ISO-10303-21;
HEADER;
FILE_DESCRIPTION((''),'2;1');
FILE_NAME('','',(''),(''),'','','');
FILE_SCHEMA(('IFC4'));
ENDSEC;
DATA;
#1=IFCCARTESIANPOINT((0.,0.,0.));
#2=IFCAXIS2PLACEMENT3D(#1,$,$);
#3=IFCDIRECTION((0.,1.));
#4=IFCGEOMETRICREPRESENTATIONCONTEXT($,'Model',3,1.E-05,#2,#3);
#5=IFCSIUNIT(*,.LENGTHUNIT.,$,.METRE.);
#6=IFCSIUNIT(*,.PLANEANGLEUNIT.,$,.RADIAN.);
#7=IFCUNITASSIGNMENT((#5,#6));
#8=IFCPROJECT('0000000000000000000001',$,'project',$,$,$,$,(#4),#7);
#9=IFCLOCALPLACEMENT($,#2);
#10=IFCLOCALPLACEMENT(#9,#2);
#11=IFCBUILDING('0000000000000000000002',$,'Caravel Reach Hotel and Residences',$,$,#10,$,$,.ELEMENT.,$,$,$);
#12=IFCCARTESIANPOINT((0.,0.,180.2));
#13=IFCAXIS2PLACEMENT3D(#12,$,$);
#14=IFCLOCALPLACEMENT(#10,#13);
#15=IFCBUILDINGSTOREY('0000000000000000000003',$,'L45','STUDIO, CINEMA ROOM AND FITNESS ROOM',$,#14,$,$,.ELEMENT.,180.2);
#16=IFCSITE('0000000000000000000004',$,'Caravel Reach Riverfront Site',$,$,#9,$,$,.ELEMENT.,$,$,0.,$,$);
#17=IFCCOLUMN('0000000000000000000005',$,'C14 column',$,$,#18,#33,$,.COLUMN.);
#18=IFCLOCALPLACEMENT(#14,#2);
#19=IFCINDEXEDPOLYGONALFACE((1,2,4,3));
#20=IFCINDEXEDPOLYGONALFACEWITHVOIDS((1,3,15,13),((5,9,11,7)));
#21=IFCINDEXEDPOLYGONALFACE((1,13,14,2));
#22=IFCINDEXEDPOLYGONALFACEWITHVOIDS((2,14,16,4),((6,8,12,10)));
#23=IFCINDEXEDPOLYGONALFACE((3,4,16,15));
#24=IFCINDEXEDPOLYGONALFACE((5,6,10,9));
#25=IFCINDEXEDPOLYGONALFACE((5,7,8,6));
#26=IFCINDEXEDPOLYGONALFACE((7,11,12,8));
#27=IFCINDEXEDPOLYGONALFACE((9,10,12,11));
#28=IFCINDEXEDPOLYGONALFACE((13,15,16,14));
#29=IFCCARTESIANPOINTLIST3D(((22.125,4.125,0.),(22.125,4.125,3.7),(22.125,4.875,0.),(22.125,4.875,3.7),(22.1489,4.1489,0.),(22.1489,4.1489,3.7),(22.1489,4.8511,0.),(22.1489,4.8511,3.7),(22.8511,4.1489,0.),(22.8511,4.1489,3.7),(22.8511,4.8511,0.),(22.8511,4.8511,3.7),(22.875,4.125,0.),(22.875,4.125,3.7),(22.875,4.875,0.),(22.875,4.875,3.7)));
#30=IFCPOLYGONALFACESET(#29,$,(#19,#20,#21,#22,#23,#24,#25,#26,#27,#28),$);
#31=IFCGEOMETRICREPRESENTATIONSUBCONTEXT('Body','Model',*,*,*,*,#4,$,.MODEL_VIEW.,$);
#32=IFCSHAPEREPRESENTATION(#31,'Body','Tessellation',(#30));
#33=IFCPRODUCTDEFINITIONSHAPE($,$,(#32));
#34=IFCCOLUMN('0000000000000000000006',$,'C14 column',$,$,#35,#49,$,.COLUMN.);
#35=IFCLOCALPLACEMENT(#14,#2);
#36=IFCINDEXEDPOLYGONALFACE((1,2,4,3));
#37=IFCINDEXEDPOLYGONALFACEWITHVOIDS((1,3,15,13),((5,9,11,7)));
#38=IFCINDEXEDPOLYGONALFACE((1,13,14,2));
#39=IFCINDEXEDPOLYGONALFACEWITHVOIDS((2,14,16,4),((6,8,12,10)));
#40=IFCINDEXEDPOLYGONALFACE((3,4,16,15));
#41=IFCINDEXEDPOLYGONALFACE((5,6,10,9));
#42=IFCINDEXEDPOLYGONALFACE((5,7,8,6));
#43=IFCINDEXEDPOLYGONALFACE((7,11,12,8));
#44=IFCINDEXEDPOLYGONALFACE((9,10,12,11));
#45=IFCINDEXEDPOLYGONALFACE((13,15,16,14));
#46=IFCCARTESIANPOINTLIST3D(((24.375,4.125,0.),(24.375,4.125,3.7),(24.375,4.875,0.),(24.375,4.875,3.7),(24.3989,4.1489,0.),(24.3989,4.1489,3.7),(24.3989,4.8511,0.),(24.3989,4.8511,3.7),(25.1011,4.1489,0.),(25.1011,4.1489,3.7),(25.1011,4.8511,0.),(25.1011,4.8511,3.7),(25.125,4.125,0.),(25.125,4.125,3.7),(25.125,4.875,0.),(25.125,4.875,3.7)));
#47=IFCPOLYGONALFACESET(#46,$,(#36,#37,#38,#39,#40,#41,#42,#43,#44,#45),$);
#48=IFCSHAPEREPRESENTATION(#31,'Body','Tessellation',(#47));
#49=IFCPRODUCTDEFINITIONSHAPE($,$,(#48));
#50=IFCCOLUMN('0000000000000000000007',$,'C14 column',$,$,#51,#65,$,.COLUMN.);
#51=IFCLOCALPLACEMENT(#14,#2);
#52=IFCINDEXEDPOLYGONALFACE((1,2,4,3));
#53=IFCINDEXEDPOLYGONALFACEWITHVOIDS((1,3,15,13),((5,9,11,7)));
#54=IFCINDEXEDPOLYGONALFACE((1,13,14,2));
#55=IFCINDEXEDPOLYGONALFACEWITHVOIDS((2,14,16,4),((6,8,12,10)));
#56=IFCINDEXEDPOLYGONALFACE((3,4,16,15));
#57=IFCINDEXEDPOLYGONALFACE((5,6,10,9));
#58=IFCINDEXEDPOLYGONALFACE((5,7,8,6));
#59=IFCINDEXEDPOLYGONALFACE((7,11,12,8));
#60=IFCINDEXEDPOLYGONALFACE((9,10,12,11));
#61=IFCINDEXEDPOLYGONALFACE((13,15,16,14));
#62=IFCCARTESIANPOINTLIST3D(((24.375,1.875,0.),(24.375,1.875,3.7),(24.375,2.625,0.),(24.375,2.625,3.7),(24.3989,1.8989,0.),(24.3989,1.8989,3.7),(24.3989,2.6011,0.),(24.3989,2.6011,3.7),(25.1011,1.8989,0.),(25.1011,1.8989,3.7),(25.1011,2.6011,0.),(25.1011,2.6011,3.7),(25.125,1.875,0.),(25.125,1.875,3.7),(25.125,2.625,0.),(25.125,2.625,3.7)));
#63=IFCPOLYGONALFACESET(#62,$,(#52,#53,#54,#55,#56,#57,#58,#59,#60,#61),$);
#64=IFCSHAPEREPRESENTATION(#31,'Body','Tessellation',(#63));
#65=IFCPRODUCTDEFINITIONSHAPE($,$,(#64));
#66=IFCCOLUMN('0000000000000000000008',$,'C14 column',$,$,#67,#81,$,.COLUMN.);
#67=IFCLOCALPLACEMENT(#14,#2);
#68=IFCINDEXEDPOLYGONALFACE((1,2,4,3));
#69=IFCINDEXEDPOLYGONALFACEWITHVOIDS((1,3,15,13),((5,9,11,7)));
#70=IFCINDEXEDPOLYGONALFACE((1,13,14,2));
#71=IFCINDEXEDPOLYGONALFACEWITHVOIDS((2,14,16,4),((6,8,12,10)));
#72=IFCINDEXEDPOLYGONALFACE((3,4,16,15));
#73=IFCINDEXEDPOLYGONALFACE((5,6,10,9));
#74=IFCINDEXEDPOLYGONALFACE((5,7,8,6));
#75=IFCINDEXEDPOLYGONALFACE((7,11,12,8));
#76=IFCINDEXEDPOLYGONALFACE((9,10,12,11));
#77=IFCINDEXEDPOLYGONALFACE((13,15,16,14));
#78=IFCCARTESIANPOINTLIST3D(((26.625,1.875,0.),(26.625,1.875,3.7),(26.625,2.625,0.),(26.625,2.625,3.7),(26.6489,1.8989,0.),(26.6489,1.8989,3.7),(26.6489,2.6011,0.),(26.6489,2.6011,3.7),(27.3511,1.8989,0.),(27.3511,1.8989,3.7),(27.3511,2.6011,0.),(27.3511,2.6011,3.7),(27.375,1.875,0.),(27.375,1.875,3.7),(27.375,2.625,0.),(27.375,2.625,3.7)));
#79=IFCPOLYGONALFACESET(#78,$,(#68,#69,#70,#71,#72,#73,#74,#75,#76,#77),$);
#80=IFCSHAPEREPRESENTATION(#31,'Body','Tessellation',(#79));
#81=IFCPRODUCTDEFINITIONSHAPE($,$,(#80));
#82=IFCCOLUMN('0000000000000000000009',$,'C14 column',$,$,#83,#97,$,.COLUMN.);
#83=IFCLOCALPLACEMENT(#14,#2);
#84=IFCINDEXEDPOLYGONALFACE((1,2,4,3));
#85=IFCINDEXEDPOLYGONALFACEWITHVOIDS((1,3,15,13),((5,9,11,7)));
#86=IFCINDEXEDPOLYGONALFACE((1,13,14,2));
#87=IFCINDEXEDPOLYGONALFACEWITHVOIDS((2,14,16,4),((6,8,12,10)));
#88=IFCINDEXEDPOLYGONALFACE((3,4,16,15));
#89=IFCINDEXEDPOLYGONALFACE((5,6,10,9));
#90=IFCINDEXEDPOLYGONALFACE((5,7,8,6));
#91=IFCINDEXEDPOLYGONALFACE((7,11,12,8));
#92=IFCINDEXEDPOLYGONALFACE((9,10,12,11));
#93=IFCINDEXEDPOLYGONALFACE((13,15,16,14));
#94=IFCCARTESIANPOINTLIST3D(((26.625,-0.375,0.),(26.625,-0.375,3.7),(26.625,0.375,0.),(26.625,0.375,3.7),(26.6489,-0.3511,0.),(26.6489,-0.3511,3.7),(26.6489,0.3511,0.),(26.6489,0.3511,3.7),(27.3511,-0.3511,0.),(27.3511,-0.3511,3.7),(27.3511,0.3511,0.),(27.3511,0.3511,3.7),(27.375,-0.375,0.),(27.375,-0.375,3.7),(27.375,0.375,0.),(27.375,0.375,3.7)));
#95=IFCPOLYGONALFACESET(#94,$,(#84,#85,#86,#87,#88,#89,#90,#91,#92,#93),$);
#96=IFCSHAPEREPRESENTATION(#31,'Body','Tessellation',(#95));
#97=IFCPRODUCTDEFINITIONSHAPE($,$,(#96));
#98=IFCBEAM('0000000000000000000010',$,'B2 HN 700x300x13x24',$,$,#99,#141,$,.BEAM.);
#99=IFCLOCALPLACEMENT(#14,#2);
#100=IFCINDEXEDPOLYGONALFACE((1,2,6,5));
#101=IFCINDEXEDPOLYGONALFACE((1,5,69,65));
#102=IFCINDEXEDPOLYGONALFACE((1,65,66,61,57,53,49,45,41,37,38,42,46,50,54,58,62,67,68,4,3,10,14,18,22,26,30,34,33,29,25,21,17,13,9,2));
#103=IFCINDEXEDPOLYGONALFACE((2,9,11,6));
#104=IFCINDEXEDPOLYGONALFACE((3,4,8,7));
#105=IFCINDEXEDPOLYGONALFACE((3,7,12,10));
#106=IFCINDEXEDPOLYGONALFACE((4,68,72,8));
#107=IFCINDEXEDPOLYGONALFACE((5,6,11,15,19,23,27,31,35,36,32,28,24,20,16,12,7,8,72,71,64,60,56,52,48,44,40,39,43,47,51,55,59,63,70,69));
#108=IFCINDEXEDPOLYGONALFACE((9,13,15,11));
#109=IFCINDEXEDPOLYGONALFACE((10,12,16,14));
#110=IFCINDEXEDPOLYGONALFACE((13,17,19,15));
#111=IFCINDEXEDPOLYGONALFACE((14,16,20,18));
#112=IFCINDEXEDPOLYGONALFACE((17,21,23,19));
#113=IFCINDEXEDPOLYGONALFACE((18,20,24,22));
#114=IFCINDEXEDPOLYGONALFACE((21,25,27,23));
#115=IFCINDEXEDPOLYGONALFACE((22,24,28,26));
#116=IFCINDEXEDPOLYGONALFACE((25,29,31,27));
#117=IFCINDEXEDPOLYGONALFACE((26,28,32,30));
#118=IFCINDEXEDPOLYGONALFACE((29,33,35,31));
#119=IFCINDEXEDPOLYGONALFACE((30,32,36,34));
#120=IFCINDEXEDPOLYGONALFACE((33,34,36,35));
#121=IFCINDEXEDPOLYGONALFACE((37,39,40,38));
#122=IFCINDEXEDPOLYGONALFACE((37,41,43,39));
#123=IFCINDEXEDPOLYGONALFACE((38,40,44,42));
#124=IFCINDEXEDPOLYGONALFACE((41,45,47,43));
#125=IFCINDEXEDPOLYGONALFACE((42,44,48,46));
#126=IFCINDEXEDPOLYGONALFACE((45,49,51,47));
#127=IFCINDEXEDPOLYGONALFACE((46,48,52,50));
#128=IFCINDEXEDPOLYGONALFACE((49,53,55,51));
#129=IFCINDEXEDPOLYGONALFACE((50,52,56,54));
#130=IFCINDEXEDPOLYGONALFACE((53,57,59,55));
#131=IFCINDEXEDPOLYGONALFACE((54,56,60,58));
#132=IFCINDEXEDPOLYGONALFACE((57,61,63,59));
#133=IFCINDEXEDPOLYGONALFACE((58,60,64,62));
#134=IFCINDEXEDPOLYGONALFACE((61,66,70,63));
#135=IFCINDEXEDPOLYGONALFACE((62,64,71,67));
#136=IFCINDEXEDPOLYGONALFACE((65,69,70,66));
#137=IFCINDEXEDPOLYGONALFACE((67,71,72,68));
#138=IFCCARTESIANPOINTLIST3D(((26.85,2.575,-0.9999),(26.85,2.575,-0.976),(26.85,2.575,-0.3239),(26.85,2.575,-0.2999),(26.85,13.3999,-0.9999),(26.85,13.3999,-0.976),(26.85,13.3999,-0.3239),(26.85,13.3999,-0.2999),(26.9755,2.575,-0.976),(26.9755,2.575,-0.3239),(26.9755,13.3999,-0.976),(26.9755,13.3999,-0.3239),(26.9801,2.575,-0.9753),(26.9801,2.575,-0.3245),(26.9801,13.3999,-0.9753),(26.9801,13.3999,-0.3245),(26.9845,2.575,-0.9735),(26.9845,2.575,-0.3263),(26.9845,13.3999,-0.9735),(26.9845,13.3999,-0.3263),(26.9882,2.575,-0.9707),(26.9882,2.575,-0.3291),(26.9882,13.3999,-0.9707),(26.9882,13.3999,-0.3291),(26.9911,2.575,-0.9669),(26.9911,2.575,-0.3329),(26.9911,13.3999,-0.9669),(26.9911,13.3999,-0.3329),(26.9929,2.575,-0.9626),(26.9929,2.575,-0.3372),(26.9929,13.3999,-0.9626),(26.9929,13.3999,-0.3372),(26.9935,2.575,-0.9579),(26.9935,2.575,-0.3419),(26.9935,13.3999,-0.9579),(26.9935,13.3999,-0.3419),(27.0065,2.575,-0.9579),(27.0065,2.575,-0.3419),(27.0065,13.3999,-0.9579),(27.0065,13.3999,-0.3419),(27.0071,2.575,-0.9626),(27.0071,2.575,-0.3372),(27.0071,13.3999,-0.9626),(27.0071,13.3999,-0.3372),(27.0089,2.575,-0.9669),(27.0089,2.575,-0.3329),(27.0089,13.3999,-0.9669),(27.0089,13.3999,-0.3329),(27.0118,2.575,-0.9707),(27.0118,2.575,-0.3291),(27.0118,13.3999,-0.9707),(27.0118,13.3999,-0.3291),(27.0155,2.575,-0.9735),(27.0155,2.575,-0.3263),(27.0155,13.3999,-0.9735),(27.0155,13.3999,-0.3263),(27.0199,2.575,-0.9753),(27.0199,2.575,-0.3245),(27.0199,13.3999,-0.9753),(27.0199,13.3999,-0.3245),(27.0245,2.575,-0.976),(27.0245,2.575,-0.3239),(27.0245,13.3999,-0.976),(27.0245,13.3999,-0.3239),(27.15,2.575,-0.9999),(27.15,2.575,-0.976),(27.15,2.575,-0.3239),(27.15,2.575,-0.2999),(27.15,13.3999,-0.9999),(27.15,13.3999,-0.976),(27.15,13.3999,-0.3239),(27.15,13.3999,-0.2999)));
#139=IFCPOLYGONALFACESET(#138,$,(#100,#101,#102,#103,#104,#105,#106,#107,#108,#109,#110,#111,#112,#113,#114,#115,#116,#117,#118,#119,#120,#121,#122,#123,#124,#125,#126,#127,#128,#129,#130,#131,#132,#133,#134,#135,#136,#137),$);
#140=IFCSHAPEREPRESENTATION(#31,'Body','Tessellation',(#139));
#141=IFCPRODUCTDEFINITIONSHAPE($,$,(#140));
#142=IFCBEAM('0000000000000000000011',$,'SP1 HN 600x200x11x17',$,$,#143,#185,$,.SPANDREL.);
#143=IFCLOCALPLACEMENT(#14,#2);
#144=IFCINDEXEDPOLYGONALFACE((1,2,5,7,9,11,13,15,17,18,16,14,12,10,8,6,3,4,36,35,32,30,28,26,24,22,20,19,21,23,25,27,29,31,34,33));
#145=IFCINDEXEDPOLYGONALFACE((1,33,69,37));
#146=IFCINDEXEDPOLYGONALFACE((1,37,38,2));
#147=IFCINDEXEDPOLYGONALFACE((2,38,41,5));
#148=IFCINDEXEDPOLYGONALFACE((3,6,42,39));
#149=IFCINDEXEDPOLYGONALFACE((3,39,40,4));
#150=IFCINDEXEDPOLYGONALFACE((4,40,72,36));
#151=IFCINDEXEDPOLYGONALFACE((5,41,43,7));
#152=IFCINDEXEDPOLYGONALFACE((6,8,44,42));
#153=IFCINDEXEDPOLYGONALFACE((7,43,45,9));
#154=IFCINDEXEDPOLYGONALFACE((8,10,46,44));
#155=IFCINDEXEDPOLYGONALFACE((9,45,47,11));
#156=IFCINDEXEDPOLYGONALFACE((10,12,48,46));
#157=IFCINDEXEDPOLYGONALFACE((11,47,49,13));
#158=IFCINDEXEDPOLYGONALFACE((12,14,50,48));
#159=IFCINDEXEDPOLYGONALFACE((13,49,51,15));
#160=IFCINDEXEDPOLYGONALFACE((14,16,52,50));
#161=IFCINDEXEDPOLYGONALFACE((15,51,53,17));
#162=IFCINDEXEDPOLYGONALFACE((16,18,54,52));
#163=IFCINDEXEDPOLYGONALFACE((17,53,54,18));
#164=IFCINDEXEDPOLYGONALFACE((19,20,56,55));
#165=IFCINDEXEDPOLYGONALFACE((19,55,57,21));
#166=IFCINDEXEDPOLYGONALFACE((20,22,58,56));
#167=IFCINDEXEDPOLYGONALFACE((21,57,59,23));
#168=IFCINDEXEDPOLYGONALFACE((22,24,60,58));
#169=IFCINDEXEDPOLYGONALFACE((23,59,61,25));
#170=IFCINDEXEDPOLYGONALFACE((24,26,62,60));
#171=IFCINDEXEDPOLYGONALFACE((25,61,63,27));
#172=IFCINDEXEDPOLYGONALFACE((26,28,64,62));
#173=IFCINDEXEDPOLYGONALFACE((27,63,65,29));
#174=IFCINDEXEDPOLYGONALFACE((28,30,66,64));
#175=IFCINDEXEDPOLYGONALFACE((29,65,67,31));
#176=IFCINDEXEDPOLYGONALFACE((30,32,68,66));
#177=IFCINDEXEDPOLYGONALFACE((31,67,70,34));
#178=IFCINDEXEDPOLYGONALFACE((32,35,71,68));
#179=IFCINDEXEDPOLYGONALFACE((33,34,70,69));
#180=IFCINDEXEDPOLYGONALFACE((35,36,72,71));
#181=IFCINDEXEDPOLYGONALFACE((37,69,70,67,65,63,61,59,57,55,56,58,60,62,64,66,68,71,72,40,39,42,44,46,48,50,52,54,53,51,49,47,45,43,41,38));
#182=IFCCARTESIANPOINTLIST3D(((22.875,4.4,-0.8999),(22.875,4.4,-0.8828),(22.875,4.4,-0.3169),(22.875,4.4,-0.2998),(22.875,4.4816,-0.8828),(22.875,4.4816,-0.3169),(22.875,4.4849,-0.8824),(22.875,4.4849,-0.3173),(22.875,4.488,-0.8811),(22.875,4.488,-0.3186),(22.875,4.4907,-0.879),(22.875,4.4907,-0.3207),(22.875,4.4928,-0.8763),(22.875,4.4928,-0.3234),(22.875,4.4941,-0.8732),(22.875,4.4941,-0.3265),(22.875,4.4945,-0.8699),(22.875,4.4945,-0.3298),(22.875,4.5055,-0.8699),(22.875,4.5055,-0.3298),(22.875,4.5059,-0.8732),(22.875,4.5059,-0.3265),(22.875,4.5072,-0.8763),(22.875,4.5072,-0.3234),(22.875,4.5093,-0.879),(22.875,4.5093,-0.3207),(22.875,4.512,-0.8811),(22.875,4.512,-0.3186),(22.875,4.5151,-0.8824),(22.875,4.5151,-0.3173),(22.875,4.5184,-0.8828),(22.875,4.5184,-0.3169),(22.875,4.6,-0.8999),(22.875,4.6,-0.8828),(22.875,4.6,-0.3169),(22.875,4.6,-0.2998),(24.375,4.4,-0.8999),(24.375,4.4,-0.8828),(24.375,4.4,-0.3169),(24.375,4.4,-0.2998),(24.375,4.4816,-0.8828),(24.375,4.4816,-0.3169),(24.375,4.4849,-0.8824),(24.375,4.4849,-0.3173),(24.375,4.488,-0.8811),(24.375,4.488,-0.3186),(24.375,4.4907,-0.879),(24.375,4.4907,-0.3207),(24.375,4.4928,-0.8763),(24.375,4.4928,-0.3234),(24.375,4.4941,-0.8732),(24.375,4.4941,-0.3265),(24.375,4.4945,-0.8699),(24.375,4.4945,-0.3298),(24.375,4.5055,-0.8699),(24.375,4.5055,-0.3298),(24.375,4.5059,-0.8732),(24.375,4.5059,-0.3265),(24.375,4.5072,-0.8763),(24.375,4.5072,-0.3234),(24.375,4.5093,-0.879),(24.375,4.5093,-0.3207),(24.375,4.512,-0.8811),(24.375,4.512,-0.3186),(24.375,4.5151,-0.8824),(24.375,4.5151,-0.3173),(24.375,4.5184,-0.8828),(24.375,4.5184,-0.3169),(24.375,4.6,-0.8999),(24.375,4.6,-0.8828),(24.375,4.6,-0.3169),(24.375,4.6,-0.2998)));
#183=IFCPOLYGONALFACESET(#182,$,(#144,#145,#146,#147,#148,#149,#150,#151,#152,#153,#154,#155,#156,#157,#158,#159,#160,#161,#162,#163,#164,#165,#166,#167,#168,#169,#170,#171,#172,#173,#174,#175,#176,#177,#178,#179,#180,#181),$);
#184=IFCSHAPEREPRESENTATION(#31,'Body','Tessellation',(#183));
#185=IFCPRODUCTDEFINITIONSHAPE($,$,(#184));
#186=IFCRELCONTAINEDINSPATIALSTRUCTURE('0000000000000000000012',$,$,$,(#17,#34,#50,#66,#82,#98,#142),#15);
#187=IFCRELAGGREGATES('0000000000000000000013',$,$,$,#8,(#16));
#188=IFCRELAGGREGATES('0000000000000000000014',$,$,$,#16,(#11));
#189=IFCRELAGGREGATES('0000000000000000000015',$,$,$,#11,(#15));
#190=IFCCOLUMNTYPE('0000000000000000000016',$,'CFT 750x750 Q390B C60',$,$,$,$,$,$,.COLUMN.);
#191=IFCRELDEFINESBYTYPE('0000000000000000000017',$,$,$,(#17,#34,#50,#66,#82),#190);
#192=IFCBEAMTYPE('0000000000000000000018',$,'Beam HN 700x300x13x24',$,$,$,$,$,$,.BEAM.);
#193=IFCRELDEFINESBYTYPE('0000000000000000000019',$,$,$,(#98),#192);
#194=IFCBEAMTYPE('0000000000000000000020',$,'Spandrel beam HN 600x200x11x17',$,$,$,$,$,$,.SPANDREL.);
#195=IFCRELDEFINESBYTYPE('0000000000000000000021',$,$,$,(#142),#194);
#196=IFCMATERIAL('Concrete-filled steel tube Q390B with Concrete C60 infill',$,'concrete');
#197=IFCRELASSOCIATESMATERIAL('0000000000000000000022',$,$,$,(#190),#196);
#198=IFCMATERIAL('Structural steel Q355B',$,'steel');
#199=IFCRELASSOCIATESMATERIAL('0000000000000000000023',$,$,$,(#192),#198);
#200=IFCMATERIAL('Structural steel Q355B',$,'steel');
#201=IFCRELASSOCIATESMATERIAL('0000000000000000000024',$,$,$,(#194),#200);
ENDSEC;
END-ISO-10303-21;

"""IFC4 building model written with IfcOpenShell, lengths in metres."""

from ifc_helpers import new_model, si_unit, direction, frame, origin, origin_2d, place, context, subcontext, project, spatial, hollow_rectangle, i_section, extrude, material, material_profile, profile_set, type_object, element, save


model = new_model("IFC4")

# Units and contexts
model_context = context("Model", 3, precision=1e-05, world=origin(), true_north=direction((0.0, 1.0)))
body_context = subcontext(model_context, "Body", "Model", "MODEL_VIEW")
ifc_project = project(units=[si_unit("LENGTHUNIT", "METRE"), si_unit("PLANEANGLEUNIT", "RADIAN")], contexts=[model_context])

# Site, building, storey
site_placement = place(None, origin())
site = spatial("IfcSite", under=ifc_project, at=site_placement, Name="Caravel Reach Riverfront Site", CompositionType="ELEMENT", RefElevation=0.0)
building_placement = place(site_placement, origin())
building = spatial("IfcBuilding", under=site, at=building_placement, Name="Caravel Reach Hotel and Residences", CompositionType="ELEMENT")
storey_placement = place(building_placement, frame((0.0, 0.0, 180.2)))
storey = spatial("IfcBuildingStorey", under=building, at=storey_placement, Name="L45", Description="STUDIO, CINEMA ROOM AND FITNESS ROOM", CompositionType="ELEMENT", Elevation=180.2)

# Columns
ifc_material_1 = material(Name="Concrete-filled steel tube Q390B with Concrete C60 infill", Category="concrete")
ifc_material_profile_1 = material_profile(ifc_material_1, hollow_rectangle(XDim=0.75, YDim=0.75, WallThickness=0.0239, at=origin_2d()), Name="RHS 750x750x24")
ifc_profile_set_1 = profile_set([ifc_material_profile_1], Name="Concrete-filled steel tube Q390B with Concrete C60 infill")
column_type = type_object("IfcColumnType", Name="CFT 750x750 Q390B C60", PredefinedType="COLUMN", material=ifc_profile_set_1)
for number, where, z_axis, x_axis, name in (
    (1, (22.5, 4.5, 0.0), (0.0, 0.0, 1.0), (1.0, 0.0, 0.0), "C14 column"),
    (2, (24.75, 4.5, 0.0), (0.0, 0.0, 1.0), (1.0, 0.0, 0.0), "C14 column"),
    (3, (24.75, 2.25, 0.0), (0.0, 0.0, 1.0), (1.0, 0.0, 0.0), "C14 column"),
    (4, (27.0, 2.25, 0.0), (0.0, 0.0, 1.0), (1.0, 0.0, 0.0), "C14 column"),
    (5, (27.0, 0.0, 0.0), (0.0, 0.0, 1.0), (1.0, 0.0, 0.0), "C14 column"),
):
    element("IfcColumn", number, at=place(storey_placement, frame(where, z_axis=z_axis, x_axis=x_axis)), inside=storey, type_object=column_type, Name=name, PredefinedType="COLUMN", context=body_context, shape_type="SweptSolid", body=[
        extrude(hollow_rectangle(XDim=0.75, YDim=0.75, WallThickness=0.0239, at=origin_2d()), origin(), (0.0, 0.0, 1.0), 3.7),
    ])

# Beams
ifc_material_2 = material(Name="Structural steel Q355B", Category="steel")
ifc_material_profile_2 = material_profile(ifc_material_2, i_section(OverallWidth=0.3, OverallDepth=0.7, WebThickness=0.0129, FlangeThickness=0.0239, FilletRadius=0.0181, at=origin_2d()), Name="HN 700x300x13x24")
ifc_profile_set_2 = profile_set([ifc_material_profile_2], Name="Structural steel Q355B")
beam_type_1 = type_object("IfcBeamType", Name="Beam HN 700x300x13x24", PredefinedType="BEAM", material=ifc_profile_set_2)
beam_1_placement = place(storey_placement, frame((27.0, 13.3999, -0.6499), z_axis=(0.0, -1.0, 0.0), x_axis=(1.0, 0.0, 0.0)))
element("IfcBeam", 6, at=beam_1_placement, inside=storey, type_object=beam_type_1, Name="B2 HN 700x300x13x24", PredefinedType="BEAM", context=body_context, shape_type="SweptSolid", body=[
    extrude(i_section(OverallWidth=0.3, OverallDepth=0.7, WebThickness=0.0129, FlangeThickness=0.0239, FilletRadius=0.0181, at=origin_2d()), origin(), (0.0, 0.0, 1.0), 10.825),
])
ifc_material_3 = material(Name="Structural steel Q355B", Category="steel")
ifc_material_profile_3 = material_profile(ifc_material_3, i_section(OverallWidth=0.2, OverallDepth=0.6001, WebThickness=0.011, FlangeThickness=0.0171, FilletRadius=0.0129, at=origin_2d()), Name="HN 600x200x11x17")
ifc_profile_set_3 = profile_set([ifc_material_profile_3], Name="Structural steel Q355B")
beam_type_2 = type_object("IfcBeamType", Name="Spandrel beam HN 600x200x11x17", PredefinedType="SPANDREL", material=ifc_profile_set_3)
for number, where, z_axis, x_axis, name in (
    (7, (22.875, 4.5, -0.5999), (1.0, 0.0, 0.0), (0.0, 1.0, 0.0), "SP1 HN 600x200x11x17"),
):
    element("IfcBeam", number, at=place(storey_placement, frame(where, z_axis=z_axis, x_axis=x_axis)), inside=storey, type_object=beam_type_2, Name=name, PredefinedType="SPANDREL", context=body_context, shape_type="SweptSolid", body=[
        extrude(i_section(OverallWidth=0.2, OverallDepth=0.6001, WebThickness=0.011, FlangeThickness=0.0171, FilletRadius=0.0129, at=origin_2d()), origin(), (0.0, 0.0, 1.0), 1.5),
    ])

save(model, "model.ifc")
